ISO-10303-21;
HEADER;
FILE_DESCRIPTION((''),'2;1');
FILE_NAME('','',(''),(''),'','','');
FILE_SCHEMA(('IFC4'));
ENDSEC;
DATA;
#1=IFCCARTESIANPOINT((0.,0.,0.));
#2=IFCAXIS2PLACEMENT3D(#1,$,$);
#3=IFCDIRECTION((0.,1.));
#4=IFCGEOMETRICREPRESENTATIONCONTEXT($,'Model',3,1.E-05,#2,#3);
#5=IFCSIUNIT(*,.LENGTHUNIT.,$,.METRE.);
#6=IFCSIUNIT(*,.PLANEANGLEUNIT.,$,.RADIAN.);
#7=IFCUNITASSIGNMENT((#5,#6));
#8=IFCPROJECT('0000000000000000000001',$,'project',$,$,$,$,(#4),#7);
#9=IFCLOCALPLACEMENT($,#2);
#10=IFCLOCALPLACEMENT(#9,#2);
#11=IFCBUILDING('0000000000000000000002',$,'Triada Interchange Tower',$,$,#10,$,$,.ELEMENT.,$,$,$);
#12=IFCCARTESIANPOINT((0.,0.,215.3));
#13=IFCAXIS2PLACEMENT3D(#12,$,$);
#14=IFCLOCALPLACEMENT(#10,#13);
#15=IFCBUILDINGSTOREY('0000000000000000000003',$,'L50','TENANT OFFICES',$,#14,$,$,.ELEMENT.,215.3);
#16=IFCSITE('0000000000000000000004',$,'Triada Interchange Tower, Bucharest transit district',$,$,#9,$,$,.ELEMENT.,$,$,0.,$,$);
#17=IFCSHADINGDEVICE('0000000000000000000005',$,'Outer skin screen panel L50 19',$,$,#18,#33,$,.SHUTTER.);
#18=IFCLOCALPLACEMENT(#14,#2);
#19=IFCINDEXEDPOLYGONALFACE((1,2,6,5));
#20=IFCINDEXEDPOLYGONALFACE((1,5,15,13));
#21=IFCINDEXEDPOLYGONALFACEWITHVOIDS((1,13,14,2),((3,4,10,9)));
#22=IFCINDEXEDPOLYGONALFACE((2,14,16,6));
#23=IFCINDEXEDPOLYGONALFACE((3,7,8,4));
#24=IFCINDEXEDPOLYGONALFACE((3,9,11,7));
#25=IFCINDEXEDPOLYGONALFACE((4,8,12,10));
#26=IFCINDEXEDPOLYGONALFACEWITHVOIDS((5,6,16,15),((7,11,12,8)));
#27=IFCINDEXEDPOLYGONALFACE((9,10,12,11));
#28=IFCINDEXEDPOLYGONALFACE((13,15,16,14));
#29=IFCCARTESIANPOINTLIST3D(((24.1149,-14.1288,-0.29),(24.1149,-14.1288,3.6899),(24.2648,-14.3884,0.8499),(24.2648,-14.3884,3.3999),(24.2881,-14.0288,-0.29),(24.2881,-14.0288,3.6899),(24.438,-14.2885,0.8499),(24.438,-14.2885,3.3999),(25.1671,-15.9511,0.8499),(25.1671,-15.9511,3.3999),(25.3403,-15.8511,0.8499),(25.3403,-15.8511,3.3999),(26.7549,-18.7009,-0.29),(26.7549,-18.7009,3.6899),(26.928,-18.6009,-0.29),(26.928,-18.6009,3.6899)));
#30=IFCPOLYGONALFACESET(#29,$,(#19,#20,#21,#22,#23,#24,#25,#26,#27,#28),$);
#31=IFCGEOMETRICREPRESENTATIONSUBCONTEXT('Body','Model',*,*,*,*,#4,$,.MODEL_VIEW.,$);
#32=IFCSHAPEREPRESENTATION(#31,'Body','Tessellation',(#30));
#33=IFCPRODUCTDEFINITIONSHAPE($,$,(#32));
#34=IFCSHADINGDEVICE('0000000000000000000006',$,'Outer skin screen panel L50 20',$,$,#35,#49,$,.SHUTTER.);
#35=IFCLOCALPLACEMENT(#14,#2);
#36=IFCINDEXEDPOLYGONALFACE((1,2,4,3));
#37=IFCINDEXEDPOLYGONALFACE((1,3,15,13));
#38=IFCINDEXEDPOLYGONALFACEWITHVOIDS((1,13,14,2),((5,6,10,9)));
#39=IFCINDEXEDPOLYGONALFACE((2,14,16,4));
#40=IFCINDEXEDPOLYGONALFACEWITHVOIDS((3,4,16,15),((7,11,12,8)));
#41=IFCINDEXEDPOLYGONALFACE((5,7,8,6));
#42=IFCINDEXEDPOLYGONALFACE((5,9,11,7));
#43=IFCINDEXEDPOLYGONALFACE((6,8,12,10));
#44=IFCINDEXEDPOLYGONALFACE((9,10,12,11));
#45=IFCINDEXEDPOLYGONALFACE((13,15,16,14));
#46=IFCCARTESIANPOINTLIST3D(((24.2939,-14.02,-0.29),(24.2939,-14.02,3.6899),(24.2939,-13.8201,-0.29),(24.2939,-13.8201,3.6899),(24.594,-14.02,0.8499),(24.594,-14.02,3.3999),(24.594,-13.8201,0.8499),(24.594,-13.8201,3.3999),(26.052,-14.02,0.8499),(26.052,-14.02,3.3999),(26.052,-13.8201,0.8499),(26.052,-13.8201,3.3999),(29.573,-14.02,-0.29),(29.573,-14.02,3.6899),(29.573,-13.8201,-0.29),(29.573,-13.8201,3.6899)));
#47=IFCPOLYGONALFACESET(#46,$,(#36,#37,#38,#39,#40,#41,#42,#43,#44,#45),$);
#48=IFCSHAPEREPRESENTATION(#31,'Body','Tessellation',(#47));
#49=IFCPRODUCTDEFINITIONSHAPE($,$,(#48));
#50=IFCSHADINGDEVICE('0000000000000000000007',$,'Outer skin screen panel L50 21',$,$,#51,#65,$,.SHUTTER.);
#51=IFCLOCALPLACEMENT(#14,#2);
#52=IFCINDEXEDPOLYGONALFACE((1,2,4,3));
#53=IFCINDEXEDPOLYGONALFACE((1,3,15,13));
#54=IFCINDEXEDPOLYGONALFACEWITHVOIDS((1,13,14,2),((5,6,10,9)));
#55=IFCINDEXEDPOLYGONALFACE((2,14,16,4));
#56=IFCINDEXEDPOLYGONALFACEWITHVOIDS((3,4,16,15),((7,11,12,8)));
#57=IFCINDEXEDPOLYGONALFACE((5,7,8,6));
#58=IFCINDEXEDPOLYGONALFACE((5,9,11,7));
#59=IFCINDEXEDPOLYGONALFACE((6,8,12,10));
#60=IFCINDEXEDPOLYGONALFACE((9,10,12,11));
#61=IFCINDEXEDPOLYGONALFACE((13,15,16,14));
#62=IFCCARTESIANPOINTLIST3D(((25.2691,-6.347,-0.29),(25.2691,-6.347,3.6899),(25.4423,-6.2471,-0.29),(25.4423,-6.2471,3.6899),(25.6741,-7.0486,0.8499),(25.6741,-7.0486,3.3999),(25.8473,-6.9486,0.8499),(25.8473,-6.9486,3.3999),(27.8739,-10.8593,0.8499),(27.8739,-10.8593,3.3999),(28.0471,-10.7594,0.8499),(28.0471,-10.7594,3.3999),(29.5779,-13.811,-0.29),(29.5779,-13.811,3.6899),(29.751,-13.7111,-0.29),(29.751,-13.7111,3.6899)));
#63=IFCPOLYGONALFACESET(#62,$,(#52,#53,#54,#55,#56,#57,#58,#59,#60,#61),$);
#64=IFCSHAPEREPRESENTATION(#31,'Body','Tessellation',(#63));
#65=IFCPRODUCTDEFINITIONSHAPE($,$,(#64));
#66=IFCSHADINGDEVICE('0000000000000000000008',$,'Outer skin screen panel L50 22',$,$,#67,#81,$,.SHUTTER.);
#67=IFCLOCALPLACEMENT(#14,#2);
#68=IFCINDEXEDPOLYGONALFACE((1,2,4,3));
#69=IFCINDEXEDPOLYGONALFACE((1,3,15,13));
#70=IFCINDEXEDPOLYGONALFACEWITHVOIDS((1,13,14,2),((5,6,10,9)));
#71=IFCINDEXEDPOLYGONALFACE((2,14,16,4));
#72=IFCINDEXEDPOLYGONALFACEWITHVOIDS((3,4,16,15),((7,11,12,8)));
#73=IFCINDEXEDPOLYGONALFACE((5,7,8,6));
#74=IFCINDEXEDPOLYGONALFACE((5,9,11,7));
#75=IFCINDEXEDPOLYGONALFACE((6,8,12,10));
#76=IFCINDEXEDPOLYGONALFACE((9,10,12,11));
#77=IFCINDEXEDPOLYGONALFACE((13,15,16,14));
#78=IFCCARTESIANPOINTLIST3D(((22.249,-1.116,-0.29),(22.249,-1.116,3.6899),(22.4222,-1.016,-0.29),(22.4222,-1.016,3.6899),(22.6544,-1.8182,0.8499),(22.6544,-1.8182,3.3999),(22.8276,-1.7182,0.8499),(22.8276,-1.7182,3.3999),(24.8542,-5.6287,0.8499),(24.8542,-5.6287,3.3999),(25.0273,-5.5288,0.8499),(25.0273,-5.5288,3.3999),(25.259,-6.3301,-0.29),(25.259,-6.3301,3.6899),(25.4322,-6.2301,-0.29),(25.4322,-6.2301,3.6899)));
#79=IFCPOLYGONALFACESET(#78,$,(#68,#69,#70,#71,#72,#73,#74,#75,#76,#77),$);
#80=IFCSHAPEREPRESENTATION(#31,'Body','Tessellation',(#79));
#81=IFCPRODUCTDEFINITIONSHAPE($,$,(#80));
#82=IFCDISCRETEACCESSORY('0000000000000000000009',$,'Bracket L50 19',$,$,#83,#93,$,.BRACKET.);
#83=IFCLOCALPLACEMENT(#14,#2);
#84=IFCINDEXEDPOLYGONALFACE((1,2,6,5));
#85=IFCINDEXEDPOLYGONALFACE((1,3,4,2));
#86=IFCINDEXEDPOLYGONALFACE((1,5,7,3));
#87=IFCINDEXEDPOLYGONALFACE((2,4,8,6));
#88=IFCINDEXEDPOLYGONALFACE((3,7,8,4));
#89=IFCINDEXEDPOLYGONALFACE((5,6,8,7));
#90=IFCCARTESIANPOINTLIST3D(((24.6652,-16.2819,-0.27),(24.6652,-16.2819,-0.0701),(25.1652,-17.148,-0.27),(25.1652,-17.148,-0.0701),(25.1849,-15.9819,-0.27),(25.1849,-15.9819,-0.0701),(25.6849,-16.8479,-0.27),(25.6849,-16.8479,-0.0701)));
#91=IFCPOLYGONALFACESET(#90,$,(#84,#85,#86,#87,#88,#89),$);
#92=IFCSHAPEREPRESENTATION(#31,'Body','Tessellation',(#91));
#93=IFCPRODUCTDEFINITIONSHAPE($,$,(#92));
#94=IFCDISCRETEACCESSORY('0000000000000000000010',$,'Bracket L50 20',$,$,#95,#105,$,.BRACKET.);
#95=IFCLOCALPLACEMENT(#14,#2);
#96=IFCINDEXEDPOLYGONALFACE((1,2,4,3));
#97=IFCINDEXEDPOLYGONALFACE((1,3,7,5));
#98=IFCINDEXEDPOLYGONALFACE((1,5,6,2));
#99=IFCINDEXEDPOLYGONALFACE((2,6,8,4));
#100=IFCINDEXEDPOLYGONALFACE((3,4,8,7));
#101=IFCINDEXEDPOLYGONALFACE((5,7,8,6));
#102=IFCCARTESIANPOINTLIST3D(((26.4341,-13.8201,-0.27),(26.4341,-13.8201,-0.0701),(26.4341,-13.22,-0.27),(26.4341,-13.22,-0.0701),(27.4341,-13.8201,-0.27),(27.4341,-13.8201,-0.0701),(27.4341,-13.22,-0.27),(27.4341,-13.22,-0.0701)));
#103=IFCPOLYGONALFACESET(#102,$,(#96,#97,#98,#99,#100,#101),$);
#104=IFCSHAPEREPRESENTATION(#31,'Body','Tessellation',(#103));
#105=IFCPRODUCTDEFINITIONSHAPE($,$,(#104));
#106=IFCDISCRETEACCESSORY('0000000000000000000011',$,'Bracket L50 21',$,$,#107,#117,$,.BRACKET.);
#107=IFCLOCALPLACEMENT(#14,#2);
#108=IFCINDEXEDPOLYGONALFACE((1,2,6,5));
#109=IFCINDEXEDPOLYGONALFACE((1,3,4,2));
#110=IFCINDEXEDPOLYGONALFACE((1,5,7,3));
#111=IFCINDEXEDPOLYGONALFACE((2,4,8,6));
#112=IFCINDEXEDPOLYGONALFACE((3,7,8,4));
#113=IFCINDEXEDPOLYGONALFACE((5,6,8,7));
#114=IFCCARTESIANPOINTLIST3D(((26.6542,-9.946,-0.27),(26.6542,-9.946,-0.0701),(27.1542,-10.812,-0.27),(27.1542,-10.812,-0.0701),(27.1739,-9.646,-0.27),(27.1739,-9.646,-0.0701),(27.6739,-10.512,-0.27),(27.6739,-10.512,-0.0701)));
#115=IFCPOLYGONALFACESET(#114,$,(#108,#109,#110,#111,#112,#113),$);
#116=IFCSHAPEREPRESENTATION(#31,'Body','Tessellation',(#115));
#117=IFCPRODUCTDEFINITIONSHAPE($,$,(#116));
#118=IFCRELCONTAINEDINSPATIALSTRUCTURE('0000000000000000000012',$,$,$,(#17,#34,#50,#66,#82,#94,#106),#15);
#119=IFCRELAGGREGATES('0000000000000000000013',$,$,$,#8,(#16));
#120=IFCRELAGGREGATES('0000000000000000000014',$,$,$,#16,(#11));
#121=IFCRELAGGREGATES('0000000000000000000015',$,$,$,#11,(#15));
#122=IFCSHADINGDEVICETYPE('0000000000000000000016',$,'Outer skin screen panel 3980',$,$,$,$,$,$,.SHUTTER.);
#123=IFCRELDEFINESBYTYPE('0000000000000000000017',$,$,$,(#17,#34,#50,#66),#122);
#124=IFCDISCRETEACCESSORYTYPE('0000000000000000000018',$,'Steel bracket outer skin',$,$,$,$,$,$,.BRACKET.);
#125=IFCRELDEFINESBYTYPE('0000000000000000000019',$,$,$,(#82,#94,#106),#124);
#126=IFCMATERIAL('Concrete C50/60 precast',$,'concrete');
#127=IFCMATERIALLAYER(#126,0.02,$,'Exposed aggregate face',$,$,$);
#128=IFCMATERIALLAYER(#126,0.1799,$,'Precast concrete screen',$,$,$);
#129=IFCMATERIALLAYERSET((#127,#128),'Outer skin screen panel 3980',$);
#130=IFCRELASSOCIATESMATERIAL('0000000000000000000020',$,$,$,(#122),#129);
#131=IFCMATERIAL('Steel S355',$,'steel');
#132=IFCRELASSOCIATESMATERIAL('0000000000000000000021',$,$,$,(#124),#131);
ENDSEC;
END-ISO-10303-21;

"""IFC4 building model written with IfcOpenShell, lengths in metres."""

from ifc_helpers import new_model, si_unit, direction, frame, origin, origin_2d, place, context, subcontext, project, spatial, polyline, rectangle, outline, extrude, material, layer, layer_set, type_object, element, save


model = new_model("IFC4")

# Units and contexts
model_context = context("Model", 3, precision=1e-05, world=origin(), true_north=direction((0.0, 1.0)))
body_context = subcontext(model_context, "Body", "Model", "MODEL_VIEW")
ifc_project = project(units=[si_unit("LENGTHUNIT", "METRE"), si_unit("PLANEANGLEUNIT", "RADIAN")], contexts=[model_context])

# Site, building, storey
site_placement = place(None, origin())
site = spatial("IfcSite", under=ifc_project, at=site_placement, Name="Triada Interchange Tower, Bucharest transit district", CompositionType="ELEMENT", RefElevation=0.0)
building_placement = place(site_placement, origin())
building = spatial("IfcBuilding", under=site, at=building_placement, Name="Triada Interchange Tower", CompositionType="ELEMENT")
storey_placement = place(building_placement, frame((0.0, 0.0, 215.3)))
storey = spatial("IfcBuildingStorey", under=building, at=storey_placement, Name="L50", Description="TENANT OFFICES", CompositionType="ELEMENT", Elevation=215.3)

# Shading devices
ifc_material_1 = material(Name="Concrete C50/60 precast", Category="concrete")
ifc_layer_1 = layer(ifc_material_1, 0.02, Name="Exposed aggregate face")
ifc_layer_2 = layer(ifc_material_1, 0.1799, Name="Precast concrete screen")
ifc_layer_set_1 = layer_set([ifc_layer_1, ifc_layer_2], Name="Outer skin screen panel 3980")
shading_device_type = type_object("IfcShadingDeviceType", Name="Outer skin screen panel 3980", PredefinedType="SHUTTER", material=ifc_layer_set_1)
shading_device_1_placement = place(storey_placement, frame((26.7549, -18.7009, -0.29), z_axis=(0.0, 0.0, 1.0), x_axis=(-0.500033, 0.866006, 0.0)))
element("IfcShadingDevice", 1, at=shading_device_1_placement, inside=storey, type_object=shading_device_type, Name="Outer skin screen panel L50 19", PredefinedType="SHUTTER", context=body_context, shape_type="SweptSolid", body=[
    extrude(outline(polyline([(0.0, 0.0), (5.2795, 0.0), (5.2795, 3.98), (0.0, 3.98), (0.0, 0.0)]), holes=[polyline([(3.1753, 1.1399), (3.1753, 3.6899), (4.9797, 3.6899), (4.9797, 1.1399), (3.1753, 1.1399)])]), frame((0.0, 0.0, 0.0), z_axis=(0.0, -1.0, 0.0), x_axis=(1.0, 0.0, 0.0)), (0.0, 0.0, 1.0), 0.2),
])
shading_device_2_placement = place(storey_placement, frame((24.2939, -13.8201, -0.29), z_axis=(0.0, 0.0, 1.0), x_axis=(1.0, 0.0, 0.0)))
element("IfcShadingDevice", 2, at=shading_device_2_placement, inside=storey, type_object=shading_device_type, Name="Outer skin screen panel L50 20", PredefinedType="SHUTTER", context=body_context, shape_type="SweptSolid", body=[
    extrude(outline(polyline([(0.0, 0.0), (5.2791, 0.0), (5.2791, 3.98), (0.0, 3.98), (0.0, 0.0)]), holes=[polyline([(0.3, 1.1399), (0.3, 3.6899), (1.7581, 3.6899), (1.7581, 1.1399), (0.3, 1.1399)])]), frame((0.0, 0.0, 0.0), z_axis=(0.0, -1.0, 0.0), x_axis=(1.0, 0.0, 0.0)), (0.0, 0.0, 1.0), 0.2),
])
shading_device_3_placement = place(storey_placement, frame((29.5779, -13.811, -0.29), z_axis=(0.0, 0.0, 1.0), x_axis=(-0.499951, 0.866054, 0.0)))
element("IfcShadingDevice", 3, at=shading_device_3_placement, inside=storey, type_object=shading_device_type, Name="Outer skin screen panel L50 21", PredefinedType="SHUTTER", context=body_context, shape_type="SweptSolid", body=[
    extrude(outline(polyline([(0.0, 0.0), (8.6184, 0.0), (8.6184, 3.98), (0.0, 3.98), (0.0, 0.0)]), holes=[polyline([(3.4082, 1.1399), (3.4082, 3.6899), (7.8083, 3.6899), (7.8083, 1.1399), (3.4082, 1.1399)])]), frame((0.0, 0.0, 0.0), z_axis=(0.0, -1.0, 0.0), x_axis=(1.0, 0.0, 0.0)), (0.0, 0.0, 1.0), 0.2),
])
shading_device_4_placement = place(storey_placement, frame((25.259, -6.3301, -0.29), z_axis=(0.0, 0.0, 1.0), x_axis=(-0.499955, 0.866051, 0.0)))
element("IfcShadingDevice", 4, at=shading_device_4_placement, inside=storey, type_object=shading_device_type, Name="Outer skin screen panel L50 22", PredefinedType="SHUTTER", context=body_context, shape_type="SweptSolid", body=[
    extrude(outline(polyline([(0.0, 0.0), (6.0205, 0.0), (6.0205, 3.98), (0.0, 3.98), (0.0, 0.0)]), holes=[polyline([(0.8098, 1.1399), (0.8098, 3.6899), (5.2097, 3.6899), (5.2097, 1.1399), (0.8098, 1.1399)])]), frame((0.0, 0.0, 0.0), z_axis=(0.0, -1.0, 0.0), x_axis=(1.0, 0.0, 0.0)), (0.0, 0.0, 1.0), 0.2),
])

# Discrete accessories
ifc_material_2 = material(Name="Steel S355", Category="steel")
discrete_accessory_type = type_object("IfcDiscreteAccessoryType", Name="Steel bracket outer skin", PredefinedType="BRACKET", material=ifc_material_2)
for number, where, z_axis, x_axis, name in (
    (5, (25.175, -16.5649, -0.27), (0.0, 0.0, 1.0), (0.866044, 0.499968, 0.0), "Bracket L50 19"),
    (6, (26.9341, -13.52, -0.27), (0.0, 0.0, 1.0), (0.0, -1.0, 0.0), "Bracket L50 20"),
    (7, (27.1641, -10.229, -0.27), (0.0, 0.0, 1.0), (0.866025, 0.500001, 0.0), "Bracket L50 21"),
):
    element("IfcDiscreteAccessory", number, at=place(storey_placement, frame(where, z_axis=z_axis, x_axis=x_axis)), inside=storey, type_object=discrete_accessory_type, Name=name, PredefinedType="BRACKET", context=body_context, shape_type="SweptSolid", body=[
        extrude(rectangle(XDim=0.6001, YDim=1.0, at=origin_2d()), origin(), (0.0, 0.0, 1.0), 0.2),
    ])

save(model, "model.ifc")
